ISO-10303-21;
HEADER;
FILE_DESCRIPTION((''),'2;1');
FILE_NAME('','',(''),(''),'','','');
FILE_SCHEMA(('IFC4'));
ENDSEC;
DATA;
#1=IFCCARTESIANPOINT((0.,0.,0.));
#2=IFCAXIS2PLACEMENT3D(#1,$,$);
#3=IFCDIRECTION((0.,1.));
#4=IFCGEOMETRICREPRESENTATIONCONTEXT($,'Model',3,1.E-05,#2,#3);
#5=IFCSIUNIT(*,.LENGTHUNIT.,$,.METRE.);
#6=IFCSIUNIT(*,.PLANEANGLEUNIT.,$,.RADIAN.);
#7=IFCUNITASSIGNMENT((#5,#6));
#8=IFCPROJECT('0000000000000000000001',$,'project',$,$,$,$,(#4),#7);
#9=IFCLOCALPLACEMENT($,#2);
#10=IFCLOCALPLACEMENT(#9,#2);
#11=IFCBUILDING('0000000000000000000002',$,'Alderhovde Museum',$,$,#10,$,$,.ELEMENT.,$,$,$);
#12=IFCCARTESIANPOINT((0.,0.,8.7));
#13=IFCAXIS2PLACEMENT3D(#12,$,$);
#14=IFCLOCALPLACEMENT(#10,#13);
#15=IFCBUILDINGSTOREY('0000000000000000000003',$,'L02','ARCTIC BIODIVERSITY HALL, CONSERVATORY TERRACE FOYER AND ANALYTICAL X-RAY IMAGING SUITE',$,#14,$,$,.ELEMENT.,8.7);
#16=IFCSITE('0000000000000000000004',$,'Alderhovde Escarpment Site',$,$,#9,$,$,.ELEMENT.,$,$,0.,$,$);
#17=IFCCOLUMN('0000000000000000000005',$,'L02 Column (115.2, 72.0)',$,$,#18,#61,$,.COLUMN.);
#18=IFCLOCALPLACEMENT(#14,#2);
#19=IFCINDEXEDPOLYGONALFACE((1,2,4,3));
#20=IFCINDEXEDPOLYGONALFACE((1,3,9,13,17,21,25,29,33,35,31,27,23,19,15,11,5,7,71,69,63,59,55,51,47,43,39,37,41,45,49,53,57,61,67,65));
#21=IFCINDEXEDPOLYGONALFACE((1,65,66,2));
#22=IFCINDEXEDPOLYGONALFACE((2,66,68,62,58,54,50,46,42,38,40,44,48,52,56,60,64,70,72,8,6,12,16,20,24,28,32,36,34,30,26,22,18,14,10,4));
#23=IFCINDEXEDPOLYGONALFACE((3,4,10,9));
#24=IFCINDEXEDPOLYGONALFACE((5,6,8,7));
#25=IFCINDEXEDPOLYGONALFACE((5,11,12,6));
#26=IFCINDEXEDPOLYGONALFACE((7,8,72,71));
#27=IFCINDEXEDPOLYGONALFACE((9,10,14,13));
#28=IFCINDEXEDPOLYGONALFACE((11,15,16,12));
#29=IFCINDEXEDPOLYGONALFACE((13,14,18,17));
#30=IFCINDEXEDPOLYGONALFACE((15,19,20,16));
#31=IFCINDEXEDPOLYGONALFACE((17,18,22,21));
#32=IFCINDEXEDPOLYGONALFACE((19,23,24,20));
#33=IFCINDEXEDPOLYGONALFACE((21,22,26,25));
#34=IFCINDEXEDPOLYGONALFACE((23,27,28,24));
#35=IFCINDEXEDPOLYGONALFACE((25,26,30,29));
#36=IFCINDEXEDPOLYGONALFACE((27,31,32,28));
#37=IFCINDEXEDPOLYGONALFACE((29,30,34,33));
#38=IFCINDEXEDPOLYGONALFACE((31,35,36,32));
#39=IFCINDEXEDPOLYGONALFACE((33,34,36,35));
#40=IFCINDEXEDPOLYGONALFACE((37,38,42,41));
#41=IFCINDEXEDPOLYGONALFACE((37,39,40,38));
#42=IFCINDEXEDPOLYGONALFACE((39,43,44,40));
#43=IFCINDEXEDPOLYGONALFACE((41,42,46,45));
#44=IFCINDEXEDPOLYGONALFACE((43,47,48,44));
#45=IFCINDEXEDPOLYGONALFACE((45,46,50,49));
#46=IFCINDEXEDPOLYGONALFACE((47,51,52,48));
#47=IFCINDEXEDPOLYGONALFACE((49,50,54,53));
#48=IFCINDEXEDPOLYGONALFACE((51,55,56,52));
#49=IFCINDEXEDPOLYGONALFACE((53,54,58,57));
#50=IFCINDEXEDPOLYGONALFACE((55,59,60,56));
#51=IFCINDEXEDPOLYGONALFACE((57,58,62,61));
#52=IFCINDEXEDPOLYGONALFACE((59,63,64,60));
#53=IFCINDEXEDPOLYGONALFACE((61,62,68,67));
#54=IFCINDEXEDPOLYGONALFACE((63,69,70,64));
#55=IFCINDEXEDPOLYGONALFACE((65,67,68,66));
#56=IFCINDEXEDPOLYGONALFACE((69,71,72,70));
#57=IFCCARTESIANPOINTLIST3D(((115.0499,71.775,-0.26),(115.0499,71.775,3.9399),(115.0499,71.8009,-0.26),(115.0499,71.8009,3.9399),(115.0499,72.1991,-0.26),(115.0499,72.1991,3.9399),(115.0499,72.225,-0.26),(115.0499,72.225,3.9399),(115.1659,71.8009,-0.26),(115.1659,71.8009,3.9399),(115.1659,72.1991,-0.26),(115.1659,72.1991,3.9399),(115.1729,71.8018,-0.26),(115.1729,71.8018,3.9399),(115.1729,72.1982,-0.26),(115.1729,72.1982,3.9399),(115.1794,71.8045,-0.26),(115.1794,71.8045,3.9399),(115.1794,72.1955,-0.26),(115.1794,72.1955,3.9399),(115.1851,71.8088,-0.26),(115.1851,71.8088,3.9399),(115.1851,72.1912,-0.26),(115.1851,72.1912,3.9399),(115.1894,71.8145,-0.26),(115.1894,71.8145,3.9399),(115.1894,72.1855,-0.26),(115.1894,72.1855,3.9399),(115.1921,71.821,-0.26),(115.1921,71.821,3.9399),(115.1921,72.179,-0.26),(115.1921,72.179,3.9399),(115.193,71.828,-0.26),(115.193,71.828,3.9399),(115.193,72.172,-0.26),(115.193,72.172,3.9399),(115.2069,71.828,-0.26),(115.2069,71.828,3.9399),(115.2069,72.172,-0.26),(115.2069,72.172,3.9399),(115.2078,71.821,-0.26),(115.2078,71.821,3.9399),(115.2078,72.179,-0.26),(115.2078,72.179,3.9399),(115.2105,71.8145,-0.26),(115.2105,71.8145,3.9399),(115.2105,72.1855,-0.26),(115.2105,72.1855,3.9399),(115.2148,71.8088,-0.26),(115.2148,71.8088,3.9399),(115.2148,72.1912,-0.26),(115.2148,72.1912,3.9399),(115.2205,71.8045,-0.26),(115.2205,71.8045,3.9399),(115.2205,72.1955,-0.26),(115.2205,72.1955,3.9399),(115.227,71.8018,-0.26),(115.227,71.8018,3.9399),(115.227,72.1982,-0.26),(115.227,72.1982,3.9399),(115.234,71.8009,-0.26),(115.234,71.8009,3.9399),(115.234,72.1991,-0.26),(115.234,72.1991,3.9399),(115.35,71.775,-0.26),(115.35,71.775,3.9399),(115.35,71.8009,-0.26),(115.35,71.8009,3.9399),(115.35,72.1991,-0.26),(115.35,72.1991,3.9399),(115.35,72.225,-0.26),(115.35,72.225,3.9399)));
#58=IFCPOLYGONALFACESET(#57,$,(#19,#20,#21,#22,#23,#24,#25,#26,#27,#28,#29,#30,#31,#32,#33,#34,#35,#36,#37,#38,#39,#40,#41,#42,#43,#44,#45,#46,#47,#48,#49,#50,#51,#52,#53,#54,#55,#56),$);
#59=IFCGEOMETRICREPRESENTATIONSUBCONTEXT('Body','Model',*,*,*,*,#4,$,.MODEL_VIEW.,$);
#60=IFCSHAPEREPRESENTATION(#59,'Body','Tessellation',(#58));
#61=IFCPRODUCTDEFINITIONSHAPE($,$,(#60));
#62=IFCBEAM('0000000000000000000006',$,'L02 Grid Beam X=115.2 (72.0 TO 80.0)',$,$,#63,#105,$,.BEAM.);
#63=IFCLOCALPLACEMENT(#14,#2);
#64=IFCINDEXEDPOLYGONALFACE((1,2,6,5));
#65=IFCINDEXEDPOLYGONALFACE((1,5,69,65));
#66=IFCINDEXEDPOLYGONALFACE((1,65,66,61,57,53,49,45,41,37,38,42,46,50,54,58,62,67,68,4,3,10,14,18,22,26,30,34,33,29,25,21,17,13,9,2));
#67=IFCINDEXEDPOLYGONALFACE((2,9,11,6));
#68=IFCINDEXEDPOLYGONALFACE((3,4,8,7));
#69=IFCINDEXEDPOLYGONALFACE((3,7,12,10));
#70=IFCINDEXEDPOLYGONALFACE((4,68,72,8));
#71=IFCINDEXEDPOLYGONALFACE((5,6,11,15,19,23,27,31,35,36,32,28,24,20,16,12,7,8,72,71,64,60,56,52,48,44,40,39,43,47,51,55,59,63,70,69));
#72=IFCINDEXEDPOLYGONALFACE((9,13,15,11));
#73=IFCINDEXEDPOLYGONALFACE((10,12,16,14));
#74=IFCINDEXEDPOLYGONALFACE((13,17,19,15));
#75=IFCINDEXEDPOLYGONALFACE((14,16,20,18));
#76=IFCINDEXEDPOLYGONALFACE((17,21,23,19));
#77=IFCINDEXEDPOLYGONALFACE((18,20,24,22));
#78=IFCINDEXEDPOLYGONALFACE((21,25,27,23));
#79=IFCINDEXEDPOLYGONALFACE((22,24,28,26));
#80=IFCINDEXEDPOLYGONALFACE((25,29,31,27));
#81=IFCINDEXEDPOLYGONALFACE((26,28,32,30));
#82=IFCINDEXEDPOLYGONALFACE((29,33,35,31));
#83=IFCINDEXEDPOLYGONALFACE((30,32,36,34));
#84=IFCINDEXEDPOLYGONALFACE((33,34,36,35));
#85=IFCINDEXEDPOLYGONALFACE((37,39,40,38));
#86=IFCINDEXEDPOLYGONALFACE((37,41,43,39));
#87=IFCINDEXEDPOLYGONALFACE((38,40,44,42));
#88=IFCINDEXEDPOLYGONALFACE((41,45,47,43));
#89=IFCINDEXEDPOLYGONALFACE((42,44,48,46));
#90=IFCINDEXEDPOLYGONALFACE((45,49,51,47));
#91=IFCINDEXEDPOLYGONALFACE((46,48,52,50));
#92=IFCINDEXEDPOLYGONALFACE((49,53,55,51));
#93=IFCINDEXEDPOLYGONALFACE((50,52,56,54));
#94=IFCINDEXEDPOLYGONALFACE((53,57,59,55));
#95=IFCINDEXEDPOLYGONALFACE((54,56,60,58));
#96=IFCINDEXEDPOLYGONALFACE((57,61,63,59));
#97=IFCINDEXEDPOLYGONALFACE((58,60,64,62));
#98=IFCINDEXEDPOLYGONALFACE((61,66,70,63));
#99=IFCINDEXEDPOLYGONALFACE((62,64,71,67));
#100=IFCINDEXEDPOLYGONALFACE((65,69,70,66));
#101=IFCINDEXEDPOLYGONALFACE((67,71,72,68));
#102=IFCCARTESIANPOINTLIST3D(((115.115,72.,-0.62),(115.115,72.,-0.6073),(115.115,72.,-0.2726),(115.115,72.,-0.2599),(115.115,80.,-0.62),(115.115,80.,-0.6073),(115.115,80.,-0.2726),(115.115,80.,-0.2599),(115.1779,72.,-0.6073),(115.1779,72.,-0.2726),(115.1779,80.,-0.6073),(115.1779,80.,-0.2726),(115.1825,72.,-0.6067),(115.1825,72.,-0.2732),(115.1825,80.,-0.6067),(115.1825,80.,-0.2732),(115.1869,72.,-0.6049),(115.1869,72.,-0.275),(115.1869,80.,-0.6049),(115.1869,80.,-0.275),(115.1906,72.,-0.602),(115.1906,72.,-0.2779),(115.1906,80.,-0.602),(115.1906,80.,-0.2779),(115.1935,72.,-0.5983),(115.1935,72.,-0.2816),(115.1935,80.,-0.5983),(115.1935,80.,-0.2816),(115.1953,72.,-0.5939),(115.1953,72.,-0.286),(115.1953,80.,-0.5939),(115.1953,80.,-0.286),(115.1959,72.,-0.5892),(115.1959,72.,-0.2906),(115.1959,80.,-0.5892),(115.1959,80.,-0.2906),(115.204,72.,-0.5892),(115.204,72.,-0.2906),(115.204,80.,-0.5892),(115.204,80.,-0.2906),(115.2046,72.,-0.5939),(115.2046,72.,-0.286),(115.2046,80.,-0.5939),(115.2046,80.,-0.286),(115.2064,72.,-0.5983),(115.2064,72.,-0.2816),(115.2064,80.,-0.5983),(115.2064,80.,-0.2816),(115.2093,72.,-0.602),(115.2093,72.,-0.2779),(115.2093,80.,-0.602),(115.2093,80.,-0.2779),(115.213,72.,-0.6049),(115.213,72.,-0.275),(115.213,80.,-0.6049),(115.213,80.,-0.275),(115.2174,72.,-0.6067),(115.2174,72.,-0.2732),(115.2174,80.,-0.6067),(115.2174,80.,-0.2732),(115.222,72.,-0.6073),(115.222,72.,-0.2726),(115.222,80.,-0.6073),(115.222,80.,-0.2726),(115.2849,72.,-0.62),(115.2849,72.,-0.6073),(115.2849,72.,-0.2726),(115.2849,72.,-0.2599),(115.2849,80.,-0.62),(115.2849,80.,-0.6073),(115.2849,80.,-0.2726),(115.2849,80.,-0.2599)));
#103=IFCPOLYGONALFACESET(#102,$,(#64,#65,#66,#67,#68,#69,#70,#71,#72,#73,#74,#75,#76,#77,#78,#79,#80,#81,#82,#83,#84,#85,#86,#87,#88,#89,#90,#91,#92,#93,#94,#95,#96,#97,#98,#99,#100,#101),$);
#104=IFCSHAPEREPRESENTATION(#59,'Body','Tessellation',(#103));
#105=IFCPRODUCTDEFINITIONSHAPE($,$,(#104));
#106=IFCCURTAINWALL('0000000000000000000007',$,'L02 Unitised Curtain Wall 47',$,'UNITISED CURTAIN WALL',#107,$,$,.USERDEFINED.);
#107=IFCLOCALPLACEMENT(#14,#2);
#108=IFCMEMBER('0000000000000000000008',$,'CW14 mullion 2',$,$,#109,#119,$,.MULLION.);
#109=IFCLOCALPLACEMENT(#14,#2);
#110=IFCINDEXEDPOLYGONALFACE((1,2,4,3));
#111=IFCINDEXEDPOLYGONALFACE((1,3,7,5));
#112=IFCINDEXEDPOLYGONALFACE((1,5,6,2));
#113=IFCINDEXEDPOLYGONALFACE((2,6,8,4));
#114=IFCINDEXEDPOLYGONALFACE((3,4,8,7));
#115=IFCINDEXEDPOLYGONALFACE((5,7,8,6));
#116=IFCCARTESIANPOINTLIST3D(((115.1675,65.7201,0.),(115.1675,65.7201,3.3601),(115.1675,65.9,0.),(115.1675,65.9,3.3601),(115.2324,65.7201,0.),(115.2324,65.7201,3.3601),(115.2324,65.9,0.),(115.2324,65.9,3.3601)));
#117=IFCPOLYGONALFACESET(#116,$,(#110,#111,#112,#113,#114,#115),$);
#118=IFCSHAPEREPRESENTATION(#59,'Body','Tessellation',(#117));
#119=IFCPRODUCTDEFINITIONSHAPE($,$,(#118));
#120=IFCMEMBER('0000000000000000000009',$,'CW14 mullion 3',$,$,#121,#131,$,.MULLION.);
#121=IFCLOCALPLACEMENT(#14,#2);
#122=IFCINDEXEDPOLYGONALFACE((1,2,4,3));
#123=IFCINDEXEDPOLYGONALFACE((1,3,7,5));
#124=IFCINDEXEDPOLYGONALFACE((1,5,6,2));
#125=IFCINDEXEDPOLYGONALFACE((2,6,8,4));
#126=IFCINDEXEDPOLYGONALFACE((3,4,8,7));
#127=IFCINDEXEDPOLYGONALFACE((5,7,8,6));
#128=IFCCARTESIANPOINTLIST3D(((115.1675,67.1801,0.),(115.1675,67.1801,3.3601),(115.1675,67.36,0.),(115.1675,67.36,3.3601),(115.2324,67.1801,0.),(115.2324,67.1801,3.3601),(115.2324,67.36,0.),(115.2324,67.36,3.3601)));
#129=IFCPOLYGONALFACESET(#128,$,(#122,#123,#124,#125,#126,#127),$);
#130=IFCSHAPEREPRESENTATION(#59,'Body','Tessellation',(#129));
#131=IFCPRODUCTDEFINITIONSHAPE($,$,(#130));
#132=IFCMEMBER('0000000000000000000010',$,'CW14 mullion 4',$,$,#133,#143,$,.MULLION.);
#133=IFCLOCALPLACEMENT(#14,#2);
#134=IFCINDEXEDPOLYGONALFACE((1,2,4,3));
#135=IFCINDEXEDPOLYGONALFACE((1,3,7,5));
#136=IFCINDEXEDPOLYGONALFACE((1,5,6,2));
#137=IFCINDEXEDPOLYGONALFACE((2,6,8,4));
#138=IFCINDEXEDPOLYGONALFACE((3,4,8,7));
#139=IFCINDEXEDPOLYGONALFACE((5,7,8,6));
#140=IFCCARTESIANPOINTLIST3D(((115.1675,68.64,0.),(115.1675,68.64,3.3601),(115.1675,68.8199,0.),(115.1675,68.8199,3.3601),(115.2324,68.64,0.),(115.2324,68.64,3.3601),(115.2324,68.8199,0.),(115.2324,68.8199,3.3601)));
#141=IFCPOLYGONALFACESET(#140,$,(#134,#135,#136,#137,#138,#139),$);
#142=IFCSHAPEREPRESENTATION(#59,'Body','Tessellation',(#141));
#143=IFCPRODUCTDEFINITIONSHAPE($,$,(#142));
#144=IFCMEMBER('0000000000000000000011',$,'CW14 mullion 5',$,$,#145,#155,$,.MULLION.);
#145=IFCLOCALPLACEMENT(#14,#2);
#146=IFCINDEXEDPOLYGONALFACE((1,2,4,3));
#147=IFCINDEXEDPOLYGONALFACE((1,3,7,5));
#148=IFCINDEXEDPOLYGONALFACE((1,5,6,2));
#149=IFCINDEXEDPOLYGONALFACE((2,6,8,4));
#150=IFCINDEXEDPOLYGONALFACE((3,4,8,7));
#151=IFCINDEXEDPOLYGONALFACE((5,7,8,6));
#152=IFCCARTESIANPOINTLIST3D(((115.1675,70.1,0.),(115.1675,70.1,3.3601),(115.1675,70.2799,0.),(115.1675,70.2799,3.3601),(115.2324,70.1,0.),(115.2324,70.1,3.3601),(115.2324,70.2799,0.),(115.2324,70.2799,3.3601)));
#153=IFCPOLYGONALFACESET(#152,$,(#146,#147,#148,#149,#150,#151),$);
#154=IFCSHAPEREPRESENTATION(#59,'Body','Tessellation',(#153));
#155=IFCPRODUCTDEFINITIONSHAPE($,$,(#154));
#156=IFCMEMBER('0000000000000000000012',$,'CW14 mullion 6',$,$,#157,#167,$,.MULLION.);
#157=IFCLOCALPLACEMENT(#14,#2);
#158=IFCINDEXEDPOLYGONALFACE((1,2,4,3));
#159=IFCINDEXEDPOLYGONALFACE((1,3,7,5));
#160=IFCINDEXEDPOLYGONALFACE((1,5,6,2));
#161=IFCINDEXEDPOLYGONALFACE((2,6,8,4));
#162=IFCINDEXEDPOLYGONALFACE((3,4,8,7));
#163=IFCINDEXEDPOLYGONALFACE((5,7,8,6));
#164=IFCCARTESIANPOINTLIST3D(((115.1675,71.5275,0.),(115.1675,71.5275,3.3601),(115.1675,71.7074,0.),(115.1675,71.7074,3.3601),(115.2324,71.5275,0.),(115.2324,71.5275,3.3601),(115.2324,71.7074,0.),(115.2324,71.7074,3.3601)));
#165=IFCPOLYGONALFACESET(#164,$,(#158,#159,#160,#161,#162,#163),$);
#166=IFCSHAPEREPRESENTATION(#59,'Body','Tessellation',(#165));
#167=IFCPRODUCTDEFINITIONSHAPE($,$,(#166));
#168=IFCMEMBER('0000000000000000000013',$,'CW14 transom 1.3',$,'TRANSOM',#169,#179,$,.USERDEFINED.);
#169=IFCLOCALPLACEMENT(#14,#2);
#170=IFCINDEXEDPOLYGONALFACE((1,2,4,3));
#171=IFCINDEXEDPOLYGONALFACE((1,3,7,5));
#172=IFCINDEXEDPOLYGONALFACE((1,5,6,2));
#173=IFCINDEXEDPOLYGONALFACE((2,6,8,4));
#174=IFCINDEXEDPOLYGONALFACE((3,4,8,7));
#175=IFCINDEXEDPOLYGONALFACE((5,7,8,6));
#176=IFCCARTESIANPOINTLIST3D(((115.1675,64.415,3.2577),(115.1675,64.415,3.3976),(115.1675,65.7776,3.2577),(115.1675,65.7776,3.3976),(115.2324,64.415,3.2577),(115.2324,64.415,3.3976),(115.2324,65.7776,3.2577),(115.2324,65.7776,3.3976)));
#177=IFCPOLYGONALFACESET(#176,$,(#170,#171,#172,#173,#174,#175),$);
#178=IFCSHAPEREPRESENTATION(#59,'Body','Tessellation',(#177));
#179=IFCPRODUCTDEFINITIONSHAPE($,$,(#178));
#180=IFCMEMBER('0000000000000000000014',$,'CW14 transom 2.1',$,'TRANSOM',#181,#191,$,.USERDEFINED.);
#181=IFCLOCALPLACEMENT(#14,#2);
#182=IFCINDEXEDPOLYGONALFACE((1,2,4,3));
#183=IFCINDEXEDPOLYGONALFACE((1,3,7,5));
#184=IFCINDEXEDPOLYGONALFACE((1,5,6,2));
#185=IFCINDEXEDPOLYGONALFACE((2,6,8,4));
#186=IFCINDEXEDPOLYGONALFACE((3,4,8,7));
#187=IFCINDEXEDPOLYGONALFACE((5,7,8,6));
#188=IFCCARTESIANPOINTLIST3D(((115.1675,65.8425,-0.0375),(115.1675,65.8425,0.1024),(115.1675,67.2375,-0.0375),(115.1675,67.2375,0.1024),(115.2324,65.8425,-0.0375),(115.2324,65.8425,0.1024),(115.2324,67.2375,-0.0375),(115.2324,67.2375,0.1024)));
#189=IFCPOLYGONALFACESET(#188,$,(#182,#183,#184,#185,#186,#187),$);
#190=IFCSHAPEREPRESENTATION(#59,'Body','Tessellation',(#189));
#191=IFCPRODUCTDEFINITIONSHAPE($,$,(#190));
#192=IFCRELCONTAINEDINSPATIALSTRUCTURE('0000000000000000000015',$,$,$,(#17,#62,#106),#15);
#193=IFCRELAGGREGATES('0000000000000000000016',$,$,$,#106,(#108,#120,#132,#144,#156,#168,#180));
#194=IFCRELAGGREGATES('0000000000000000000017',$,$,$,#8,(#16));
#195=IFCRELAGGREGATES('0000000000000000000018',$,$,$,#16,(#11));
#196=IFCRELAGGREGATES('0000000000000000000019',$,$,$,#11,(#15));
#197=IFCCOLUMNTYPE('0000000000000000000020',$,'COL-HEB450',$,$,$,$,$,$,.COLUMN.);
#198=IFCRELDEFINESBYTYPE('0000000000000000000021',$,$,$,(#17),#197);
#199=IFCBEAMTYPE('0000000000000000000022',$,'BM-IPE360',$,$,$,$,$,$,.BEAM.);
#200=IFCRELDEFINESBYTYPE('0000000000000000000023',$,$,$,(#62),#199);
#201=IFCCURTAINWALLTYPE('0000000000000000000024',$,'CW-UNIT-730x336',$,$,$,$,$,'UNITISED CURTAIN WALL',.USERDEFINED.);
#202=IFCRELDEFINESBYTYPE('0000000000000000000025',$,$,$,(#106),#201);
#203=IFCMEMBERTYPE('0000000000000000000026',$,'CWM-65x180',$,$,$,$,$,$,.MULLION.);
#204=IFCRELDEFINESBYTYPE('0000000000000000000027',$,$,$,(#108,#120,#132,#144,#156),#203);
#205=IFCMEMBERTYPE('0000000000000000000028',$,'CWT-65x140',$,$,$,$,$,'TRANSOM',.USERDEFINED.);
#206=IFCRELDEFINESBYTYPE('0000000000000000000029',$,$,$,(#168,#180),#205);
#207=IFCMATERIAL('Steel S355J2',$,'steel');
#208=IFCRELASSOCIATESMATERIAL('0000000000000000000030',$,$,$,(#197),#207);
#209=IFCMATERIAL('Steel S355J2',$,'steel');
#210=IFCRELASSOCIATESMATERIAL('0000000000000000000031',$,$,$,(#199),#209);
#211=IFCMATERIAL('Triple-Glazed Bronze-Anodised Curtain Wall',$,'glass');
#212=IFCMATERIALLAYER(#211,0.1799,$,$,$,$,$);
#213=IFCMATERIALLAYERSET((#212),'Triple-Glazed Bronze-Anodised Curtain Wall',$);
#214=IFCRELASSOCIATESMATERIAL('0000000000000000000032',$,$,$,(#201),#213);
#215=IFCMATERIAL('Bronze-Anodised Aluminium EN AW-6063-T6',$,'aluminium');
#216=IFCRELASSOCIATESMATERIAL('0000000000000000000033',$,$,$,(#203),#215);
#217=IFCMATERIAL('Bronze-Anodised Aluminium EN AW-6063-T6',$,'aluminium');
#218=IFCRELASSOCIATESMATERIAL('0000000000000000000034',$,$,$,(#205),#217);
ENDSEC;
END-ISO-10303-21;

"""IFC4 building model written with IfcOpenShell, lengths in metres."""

from ifc_helpers import new_model, si_unit, direction, frame, origin, origin_2d, place, context, subcontext, project, spatial, rectangle, i_section, extrude, material, layer, layer_set, material_profile, profile_set, type_object, element, aggregate, save


model = new_model("IFC4")

# Units and contexts
model_context = context("Model", 3, precision=1e-05, world=origin(), true_north=direction((0.0, 1.0)))
body_context = subcontext(model_context, "Body", "Model", "MODEL_VIEW")
ifc_project = project(units=[si_unit("LENGTHUNIT", "METRE"), si_unit("PLANEANGLEUNIT", "RADIAN")], contexts=[model_context])

# Site, building, storey
site_placement = place(None, origin())
site = spatial("IfcSite", under=ifc_project, at=site_placement, Name="Alderhovde Escarpment Site", CompositionType="ELEMENT", RefElevation=0.0)
building_placement = place(site_placement, origin())
building = spatial("IfcBuilding", under=site, at=building_placement, Name="Alderhovde Museum", CompositionType="ELEMENT")
storey_placement = place(building_placement, frame((0.0, 0.0, 8.7)))
storey = spatial("IfcBuildingStorey", under=building, at=storey_placement, Name="L02", Description="ARCTIC BIODIVERSITY HALL, CONSERVATORY TERRACE FOYER AND ANALYTICAL X-RAY IMAGING SUITE", CompositionType="ELEMENT", Elevation=8.7)

# Column
ifc_material_1 = material(Name="Steel S355J2", Category="steel")
ifc_material_profile_1 = material_profile(ifc_material_1, i_section(OverallWidth=0.3, OverallDepth=0.45, WebThickness=0.0139, FlangeThickness=0.0259, FilletRadius=0.0271, at=origin_2d()), Name="HEB 450")
ifc_profile_set_1 = profile_set([ifc_material_profile_1], Name="Steel S355J2")
column_type = type_object("IfcColumnType", Name="COL-HEB450", PredefinedType="COLUMN", material=ifc_profile_set_1)
column_placement = place(storey_placement, frame((115.2, 72.0, -0.26), z_axis=(0.0, 0.0, 1.0), x_axis=(1.0, 0.0, 0.0)))
element("IfcColumn", 1, at=column_placement, inside=storey, type_object=column_type, Name="L02 Column (115.2, 72.0)", PredefinedType="COLUMN", context=body_context, shape_type="SweptSolid", body=[
    extrude(i_section(OverallWidth=0.3, OverallDepth=0.45, WebThickness=0.0139, FlangeThickness=0.0259, FilletRadius=0.0271, at=origin_2d()), origin(), (0.0, 0.0, 1.0), 4.2),
])

# Beam
ifc_material_2 = material(Name="Steel S355J2", Category="steel")
ifc_material_profile_2 = material_profile(ifc_material_2, i_section(OverallWidth=0.1699, OverallDepth=0.3601, WebThickness=0.0081, FlangeThickness=0.0127, FilletRadius=0.0181, at=origin_2d()), Name="IPE 360")
ifc_profile_set_2 = profile_set([ifc_material_profile_2], Name="Steel S355J2")
beam_type_1 = type_object("IfcBeamType", Name="BM-IPE360", PredefinedType="BEAM", material=ifc_profile_set_2)
beam_1_placement = place(storey_placement, frame((115.2, 72.0, -0.4399), z_axis=(0.0, 1.0, 0.0), x_axis=(-1.0, 0.0, 0.0)))
element("IfcBeam", 2, at=beam_1_placement, inside=storey, type_object=beam_type_1, Name="L02 Grid Beam X=115.2 (72.0 TO 80.0)", PredefinedType="BEAM", context=body_context, shape_type="SweptSolid", body=[
    extrude(i_section(OverallWidth=0.1699, OverallDepth=0.3601, WebThickness=0.0081, FlangeThickness=0.0127, FilletRadius=0.0181, at=origin_2d()), origin(), (0.0, 0.0, 1.0), 8.0),
])

# Curtain wall, members
ifc_material_3 = material(Name="Triple-Glazed Bronze-Anodised Curtain Wall", Category="glass")
ifc_layer_1 = layer(ifc_material_3, 0.1799)
ifc_layer_set_1 = layer_set([ifc_layer_1], Name="Triple-Glazed Bronze-Anodised Curtain Wall")
curtain_wall_type = type_object("IfcCurtainWallType", Name="CW-UNIT-730x336", ElementType="UNITISED CURTAIN WALL", PredefinedType="USERDEFINED", material=ifc_layer_set_1)
curtain_wall_placement = place(storey_placement, origin())
curtain_wall = element("IfcCurtainWall", 3, at=curtain_wall_placement, inside=storey, type_object=curtain_wall_type, Name="L02 Unitised Curtain Wall 47", ObjectType="UNITISED CURTAIN WALL", PredefinedType="USERDEFINED")
ifc_material_4 = material(Name="Bronze-Anodised Aluminium EN AW-6063-T6", Category="aluminium")
ifc_material_profile_3 = material_profile(ifc_material_4, rectangle(XDim=0.0649, YDim=0.1799, at=origin_2d()), Name="MULLION 65x180")
ifc_profile_set_3 = profile_set([ifc_material_profile_3], Name="Bronze-Anodised Aluminium EN AW-6063-T6")
member_type_1 = type_object("IfcMemberType", Name="CWM-65x180", PredefinedType="MULLION", material=ifc_profile_set_3)
member_1_placement = place(storey_placement, frame((115.2, 65.8101, 0.0), z_axis=(0.0, 0.0, 1.0), x_axis=(-1.0, 0.0, 0.0)))
member_1 = element("IfcMember", 4, at=member_1_placement, type_object=member_type_1, Name="CW14 mullion 2", PredefinedType="MULLION", context=body_context, shape_type="SweptSolid", body=[
    extrude(rectangle(XDim=0.0649, YDim=0.1799, at=origin_2d()), origin(), (0.0, 0.0, 1.0), 3.3601),
])
member_2_placement = place(storey_placement, frame((115.2, 67.27, 0.0), z_axis=(0.0, 0.0, 1.0), x_axis=(-1.0, 0.0, 0.0)))
member_2 = element("IfcMember", 5, at=member_2_placement, type_object=member_type_1, Name="CW14 mullion 3", PredefinedType="MULLION", context=body_context, shape_type="SweptSolid", body=[
    extrude(rectangle(XDim=0.0649, YDim=0.1799, at=origin_2d()), origin(), (0.0, 0.0, 1.0), 3.3601),
])
member_3_placement = place(storey_placement, frame((115.2, 68.73, 0.0), z_axis=(0.0, 0.0, 1.0), x_axis=(-1.0, 0.0, 0.0)))
member_3 = element("IfcMember", 6, at=member_3_placement, type_object=member_type_1, Name="CW14 mullion 4", PredefinedType="MULLION", context=body_context, shape_type="SweptSolid", body=[
    extrude(rectangle(XDim=0.0649, YDim=0.1799, at=origin_2d()), origin(), (0.0, 0.0, 1.0), 3.3601),
])
member_4_placement = place(storey_placement, frame((115.2, 70.1899, 0.0), z_axis=(0.0, 0.0, 1.0), x_axis=(-1.0, 0.0, 0.0)))
member_4 = element("IfcMember", 7, at=member_4_placement, type_object=member_type_1, Name="CW14 mullion 5", PredefinedType="MULLION", context=body_context, shape_type="SweptSolid", body=[
    extrude(rectangle(XDim=0.0649, YDim=0.1799, at=origin_2d()), origin(), (0.0, 0.0, 1.0), 3.3601),
])
member_5_placement = place(storey_placement, frame((115.2, 71.6174, 0.0), z_axis=(0.0, 0.0, 1.0), x_axis=(-1.0, 0.0, 0.0)))
member_5 = element("IfcMember", 8, at=member_5_placement, type_object=member_type_1, Name="CW14 mullion 6", PredefinedType="MULLION", context=body_context, shape_type="SweptSolid", body=[
    extrude(rectangle(XDim=0.0649, YDim=0.1799, at=origin_2d()), origin(), (0.0, 0.0, 1.0), 3.3601),
])
ifc_material_5 = material(Name="Bronze-Anodised Aluminium EN AW-6063-T6", Category="aluminium")
ifc_material_profile_4 = material_profile(ifc_material_5, rectangle(XDim=0.0649, YDim=0.1399, at=origin_2d()), Name="TRANSOM 65x140")
ifc_profile_set_4 = profile_set([ifc_material_profile_4], Name="Bronze-Anodised Aluminium EN AW-6063-T6")
member_type_2 = type_object("IfcMemberType", Name="CWT-65x140", ElementType="TRANSOM", PredefinedType="USERDEFINED", material=ifc_profile_set_4)
member_6_placement = place(storey_placement, frame((115.2, 64.415, 3.3276), z_axis=(0.0, 1.0, 0.0), x_axis=(-1.0, 0.0, 0.0)))
member_6 = element("IfcMember", 9, at=member_6_placement, type_object=member_type_2, Name="CW14 transom 1.3", ObjectType="TRANSOM", PredefinedType="USERDEFINED", context=body_context, shape_type="SweptSolid", body=[
    extrude(rectangle(XDim=0.0649, YDim=0.1399, at=origin_2d()), origin(), (0.0, 0.0, 1.0), 1.3625),
])
member_7_placement = place(storey_placement, frame((115.2, 65.8425, 0.0325), z_axis=(0.0, 1.0, 0.0), x_axis=(-1.0, 0.0, 0.0)))
member_7 = element("IfcMember", 10, at=member_7_placement, type_object=member_type_2, Name="CW14 transom 2.1", ObjectType="TRANSOM", PredefinedType="USERDEFINED", context=body_context, shape_type="SweptSolid", body=[
    extrude(rectangle(XDim=0.0649, YDim=0.1399, at=origin_2d()), origin(), (0.0, 0.0, 1.0), 1.395),
])

aggregate(curtain_wall, [member_1, member_2, member_3, member_4, member_5, member_6, member_7])

save(model, "model.ifc")
